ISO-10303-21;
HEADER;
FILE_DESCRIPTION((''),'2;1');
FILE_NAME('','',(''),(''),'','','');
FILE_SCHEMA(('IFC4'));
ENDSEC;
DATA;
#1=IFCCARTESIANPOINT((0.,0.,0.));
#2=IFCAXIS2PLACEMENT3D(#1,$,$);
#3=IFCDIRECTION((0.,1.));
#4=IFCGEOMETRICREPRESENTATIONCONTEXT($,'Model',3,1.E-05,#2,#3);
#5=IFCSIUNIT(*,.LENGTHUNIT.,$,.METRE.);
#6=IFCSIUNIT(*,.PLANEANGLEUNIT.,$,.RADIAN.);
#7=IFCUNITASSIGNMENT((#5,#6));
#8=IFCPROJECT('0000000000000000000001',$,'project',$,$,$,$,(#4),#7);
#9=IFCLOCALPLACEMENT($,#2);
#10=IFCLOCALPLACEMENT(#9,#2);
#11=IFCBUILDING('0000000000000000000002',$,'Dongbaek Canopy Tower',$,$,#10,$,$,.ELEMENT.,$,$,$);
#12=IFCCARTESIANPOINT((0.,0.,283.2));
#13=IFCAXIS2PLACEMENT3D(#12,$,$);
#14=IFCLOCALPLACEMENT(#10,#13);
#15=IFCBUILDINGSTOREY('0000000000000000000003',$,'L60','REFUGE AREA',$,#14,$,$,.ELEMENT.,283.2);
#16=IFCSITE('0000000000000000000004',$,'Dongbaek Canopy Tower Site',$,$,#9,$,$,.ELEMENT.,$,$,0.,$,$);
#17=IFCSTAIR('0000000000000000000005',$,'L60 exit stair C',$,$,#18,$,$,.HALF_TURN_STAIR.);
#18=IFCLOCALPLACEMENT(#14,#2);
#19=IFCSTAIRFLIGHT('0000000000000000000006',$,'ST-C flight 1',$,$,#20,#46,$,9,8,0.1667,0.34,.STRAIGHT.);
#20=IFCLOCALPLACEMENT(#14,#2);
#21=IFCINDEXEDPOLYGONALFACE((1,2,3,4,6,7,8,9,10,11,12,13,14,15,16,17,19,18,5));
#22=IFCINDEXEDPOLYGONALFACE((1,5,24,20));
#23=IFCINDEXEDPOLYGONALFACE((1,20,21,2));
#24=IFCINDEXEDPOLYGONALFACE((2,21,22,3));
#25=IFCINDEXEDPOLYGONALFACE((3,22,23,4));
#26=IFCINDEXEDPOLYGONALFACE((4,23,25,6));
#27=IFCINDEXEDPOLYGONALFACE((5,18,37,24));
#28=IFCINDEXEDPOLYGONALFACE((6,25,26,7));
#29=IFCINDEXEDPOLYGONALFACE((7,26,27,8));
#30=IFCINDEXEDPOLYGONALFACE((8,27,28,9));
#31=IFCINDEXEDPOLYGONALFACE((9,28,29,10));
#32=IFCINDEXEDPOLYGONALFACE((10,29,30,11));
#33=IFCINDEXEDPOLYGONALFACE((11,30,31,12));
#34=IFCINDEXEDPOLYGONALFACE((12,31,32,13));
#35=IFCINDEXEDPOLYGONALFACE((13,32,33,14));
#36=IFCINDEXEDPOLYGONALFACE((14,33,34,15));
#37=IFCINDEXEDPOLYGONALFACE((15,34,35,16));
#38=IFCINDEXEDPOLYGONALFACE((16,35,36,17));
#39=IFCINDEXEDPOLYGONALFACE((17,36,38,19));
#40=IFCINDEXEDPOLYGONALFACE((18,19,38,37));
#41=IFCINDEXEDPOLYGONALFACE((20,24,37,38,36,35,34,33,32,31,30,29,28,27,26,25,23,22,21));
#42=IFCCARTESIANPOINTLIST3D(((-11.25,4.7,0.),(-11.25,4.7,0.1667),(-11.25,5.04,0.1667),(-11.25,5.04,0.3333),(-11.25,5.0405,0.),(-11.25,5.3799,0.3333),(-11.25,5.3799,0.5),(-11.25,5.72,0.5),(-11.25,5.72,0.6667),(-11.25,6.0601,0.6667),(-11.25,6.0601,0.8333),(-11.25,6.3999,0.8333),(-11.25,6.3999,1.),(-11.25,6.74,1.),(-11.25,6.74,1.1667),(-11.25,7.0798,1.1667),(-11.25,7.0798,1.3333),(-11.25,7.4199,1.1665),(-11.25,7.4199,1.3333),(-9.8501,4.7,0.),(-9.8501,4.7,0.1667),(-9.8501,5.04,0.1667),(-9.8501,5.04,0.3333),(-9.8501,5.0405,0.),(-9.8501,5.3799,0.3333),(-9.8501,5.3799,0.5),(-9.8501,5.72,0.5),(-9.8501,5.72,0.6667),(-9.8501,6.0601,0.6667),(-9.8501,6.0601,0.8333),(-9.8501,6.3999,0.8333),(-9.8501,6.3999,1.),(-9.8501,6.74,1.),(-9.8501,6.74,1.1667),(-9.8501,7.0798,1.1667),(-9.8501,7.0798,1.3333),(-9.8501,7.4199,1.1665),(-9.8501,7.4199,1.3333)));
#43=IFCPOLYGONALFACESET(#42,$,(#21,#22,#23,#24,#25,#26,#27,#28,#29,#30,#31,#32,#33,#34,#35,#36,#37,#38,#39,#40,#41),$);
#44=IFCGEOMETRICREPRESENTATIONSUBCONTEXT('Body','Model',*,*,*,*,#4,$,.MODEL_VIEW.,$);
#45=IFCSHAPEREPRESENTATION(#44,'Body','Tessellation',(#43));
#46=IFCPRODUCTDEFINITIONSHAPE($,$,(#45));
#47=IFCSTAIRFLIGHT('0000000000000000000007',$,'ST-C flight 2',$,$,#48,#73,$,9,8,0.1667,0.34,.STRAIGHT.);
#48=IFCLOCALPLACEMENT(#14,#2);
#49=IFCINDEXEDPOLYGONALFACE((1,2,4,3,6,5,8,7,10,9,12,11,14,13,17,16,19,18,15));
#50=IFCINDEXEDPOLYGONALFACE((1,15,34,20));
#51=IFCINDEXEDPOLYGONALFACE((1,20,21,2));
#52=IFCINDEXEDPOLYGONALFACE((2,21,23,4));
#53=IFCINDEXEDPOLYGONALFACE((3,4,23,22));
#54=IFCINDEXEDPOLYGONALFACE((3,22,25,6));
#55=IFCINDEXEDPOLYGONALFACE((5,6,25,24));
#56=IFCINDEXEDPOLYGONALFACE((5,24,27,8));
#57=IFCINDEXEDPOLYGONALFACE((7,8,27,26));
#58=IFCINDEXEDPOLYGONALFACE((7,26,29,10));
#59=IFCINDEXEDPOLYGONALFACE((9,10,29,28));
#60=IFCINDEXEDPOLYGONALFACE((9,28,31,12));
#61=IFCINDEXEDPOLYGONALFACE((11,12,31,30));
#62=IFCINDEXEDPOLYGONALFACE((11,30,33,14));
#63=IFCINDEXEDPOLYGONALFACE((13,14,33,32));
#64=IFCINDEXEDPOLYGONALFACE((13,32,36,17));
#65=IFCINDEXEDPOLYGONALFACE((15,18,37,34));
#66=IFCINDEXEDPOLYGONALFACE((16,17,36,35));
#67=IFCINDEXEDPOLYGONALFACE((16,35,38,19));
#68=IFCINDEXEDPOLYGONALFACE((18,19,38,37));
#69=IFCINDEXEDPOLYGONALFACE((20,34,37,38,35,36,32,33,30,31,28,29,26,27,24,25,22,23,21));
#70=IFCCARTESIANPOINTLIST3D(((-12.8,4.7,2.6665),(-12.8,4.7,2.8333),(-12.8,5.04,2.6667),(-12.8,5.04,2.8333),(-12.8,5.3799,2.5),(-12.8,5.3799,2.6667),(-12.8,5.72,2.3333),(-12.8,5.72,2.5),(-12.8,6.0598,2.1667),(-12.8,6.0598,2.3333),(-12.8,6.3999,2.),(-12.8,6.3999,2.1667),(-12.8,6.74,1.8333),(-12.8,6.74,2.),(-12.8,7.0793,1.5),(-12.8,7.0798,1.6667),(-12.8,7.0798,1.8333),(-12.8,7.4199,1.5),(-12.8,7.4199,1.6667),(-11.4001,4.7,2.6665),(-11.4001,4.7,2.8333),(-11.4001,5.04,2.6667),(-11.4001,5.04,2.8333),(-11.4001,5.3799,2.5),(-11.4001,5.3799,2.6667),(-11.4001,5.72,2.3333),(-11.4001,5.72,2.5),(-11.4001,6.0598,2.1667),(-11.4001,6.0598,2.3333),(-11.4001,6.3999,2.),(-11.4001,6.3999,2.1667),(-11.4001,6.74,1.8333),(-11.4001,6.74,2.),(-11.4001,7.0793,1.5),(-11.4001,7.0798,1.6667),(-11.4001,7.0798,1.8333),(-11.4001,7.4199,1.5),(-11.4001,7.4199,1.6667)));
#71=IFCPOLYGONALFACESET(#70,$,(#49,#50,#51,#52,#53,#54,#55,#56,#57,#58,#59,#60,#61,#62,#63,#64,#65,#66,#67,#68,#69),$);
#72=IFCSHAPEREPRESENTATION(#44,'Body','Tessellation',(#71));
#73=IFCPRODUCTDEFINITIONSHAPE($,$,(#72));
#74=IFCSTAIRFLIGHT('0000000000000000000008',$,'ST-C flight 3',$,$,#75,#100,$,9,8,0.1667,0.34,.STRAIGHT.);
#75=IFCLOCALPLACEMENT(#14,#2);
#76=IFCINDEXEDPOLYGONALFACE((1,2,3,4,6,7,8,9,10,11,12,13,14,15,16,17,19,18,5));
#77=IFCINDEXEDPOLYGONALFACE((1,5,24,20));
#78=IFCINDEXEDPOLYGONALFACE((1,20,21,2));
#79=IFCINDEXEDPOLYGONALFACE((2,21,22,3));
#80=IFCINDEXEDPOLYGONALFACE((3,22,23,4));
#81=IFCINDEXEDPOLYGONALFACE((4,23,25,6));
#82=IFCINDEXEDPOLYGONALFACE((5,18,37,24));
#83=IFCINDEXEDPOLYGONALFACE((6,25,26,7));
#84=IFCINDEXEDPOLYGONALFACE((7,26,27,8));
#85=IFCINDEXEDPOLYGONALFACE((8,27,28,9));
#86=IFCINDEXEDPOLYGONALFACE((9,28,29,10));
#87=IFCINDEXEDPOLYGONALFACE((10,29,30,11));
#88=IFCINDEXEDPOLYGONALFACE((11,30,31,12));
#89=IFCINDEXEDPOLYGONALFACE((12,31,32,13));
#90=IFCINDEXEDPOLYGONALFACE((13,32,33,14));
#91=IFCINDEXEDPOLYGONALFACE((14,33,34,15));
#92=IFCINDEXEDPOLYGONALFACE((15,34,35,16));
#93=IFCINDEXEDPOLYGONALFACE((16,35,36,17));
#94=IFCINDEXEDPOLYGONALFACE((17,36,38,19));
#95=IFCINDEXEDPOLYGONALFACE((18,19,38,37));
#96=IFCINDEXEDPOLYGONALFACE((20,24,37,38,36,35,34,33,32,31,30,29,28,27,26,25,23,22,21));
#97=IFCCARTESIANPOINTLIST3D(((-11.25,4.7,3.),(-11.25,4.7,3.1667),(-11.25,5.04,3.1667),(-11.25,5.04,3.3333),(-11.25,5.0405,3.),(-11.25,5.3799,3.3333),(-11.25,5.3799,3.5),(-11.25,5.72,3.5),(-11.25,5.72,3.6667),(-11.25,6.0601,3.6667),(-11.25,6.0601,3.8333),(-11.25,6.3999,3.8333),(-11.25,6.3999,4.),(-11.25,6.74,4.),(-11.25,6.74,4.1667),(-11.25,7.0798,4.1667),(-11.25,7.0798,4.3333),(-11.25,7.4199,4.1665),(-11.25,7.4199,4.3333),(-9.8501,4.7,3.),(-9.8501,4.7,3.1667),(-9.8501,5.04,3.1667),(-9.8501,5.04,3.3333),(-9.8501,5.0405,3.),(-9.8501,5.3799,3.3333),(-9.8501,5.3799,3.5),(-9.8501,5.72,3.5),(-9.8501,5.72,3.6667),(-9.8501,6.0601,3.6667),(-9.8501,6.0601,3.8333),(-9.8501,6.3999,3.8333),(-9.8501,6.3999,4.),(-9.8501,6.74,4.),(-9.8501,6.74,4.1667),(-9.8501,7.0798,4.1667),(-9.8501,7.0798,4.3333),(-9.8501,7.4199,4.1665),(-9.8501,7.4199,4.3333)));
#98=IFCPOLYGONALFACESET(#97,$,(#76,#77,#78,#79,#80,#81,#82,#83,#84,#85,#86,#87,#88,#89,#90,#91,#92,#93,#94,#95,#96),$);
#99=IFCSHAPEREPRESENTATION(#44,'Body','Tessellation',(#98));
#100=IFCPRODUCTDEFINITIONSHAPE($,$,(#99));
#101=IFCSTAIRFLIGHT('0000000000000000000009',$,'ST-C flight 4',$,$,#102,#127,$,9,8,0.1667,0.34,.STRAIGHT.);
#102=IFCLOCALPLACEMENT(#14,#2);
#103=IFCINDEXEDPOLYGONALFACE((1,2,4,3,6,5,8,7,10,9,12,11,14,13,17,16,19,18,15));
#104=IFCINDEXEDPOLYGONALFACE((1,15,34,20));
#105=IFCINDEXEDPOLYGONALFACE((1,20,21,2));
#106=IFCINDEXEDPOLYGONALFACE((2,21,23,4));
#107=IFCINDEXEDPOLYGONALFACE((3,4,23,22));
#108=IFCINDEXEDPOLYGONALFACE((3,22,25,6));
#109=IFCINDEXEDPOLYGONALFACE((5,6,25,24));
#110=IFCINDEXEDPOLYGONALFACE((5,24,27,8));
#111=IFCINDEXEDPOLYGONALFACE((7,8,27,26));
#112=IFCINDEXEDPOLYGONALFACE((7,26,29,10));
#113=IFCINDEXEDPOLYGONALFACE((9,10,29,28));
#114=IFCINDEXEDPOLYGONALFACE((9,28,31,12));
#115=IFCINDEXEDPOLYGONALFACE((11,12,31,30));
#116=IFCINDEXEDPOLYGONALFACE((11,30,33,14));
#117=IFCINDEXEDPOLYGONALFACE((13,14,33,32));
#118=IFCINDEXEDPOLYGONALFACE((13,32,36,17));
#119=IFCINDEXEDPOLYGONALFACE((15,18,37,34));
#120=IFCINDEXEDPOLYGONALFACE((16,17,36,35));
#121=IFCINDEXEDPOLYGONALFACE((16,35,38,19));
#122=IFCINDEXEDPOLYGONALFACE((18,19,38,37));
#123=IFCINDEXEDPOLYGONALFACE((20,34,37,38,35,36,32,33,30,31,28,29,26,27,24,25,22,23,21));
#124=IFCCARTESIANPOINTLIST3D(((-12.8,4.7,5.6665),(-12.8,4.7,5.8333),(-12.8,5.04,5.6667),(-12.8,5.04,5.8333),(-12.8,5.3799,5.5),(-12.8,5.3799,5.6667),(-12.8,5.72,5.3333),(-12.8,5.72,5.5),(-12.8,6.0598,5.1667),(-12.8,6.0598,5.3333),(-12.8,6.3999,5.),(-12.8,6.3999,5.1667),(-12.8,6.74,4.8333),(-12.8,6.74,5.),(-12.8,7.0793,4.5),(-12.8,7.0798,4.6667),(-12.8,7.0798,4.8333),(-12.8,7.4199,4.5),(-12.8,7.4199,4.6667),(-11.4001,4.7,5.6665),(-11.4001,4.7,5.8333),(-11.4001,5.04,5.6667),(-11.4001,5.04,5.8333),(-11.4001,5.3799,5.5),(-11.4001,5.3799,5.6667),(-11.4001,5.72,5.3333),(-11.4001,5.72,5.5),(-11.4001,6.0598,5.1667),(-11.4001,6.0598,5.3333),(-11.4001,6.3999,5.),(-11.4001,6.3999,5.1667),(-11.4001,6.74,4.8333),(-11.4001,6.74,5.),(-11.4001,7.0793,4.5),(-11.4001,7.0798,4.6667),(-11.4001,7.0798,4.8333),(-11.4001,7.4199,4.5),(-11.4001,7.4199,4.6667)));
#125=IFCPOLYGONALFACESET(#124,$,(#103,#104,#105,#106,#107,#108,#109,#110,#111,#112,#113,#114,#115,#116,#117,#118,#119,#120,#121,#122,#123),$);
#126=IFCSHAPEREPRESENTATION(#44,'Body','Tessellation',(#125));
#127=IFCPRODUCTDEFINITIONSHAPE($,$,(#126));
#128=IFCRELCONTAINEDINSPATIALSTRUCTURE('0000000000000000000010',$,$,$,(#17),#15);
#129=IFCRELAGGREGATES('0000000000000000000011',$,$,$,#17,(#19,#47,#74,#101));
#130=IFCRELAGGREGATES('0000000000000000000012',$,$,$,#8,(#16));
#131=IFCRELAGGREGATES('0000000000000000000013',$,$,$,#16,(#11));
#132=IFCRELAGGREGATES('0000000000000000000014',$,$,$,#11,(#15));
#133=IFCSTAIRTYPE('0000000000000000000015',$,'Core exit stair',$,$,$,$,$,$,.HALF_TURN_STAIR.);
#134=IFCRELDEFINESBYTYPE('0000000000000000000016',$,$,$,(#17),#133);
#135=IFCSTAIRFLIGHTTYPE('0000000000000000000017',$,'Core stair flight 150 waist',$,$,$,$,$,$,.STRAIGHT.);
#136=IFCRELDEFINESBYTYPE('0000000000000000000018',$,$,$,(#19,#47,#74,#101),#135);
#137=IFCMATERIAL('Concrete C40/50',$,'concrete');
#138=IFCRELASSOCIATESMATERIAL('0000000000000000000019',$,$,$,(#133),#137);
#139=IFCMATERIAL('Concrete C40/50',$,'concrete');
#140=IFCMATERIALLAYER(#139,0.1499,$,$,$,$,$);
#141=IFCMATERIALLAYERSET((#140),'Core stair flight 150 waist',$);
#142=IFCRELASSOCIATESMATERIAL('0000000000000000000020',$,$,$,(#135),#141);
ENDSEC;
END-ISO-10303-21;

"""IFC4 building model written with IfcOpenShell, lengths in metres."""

from ifc_helpers import new_model, si_unit, direction, frame, origin, place, context, subcontext, project, spatial, polyline, outline, extrude, material, layer, layer_set, type_object, element, aggregate, save


model = new_model("IFC4")

# Units and contexts
model_context = context("Model", 3, precision=1e-05, world=origin(), true_north=direction((0.0, 1.0)))
body_context = subcontext(model_context, "Body", "Model", "MODEL_VIEW")
ifc_project = project(units=[si_unit("LENGTHUNIT", "METRE"), si_unit("PLANEANGLEUNIT", "RADIAN")], contexts=[model_context])

# Site, building, storey
site_placement = place(None, origin())
site = spatial("IfcSite", under=ifc_project, at=site_placement, Name="Dongbaek Canopy Tower Site", CompositionType="ELEMENT", RefElevation=0.0)
building_placement = place(site_placement, origin())
building = spatial("IfcBuilding", under=site, at=building_placement, Name="Dongbaek Canopy Tower", CompositionType="ELEMENT")
storey_placement = place(building_placement, frame((0.0, 0.0, 283.2)))
storey = spatial("IfcBuildingStorey", under=building, at=storey_placement, Name="L60", Description="REFUGE AREA", CompositionType="ELEMENT", Elevation=283.2)

# Stair, stair flights
ifc_material_1 = material(Name="Concrete C40/50", Category="concrete")
stair_type = type_object("IfcStairType", Name="Core exit stair", PredefinedType="HALF_TURN_STAIR", material=ifc_material_1)
stair_placement = place(storey_placement, origin())
stair = element("IfcStair", 1, at=stair_placement, inside=storey, type_object=stair_type, Name="L60 exit stair C", PredefinedType="HALF_TURN_STAIR")
ifc_material_2 = material(Name="Concrete C40/50", Category="concrete")
ifc_layer_1 = layer(ifc_material_2, 0.1499)
ifc_layer_set_1 = layer_set([ifc_layer_1], Name="Core stair flight 150 waist")
stair_flight_type = type_object("IfcStairFlightType", Name="Core stair flight 150 waist", PredefinedType="STRAIGHT", material=ifc_layer_set_1)
stair_flight_1_placement = place(storey_placement, frame((-10.55, 4.7, 0.0), z_axis=(0.0, 0.0, 1.0), x_axis=(0.0, 1.0, 0.0)))
stair_flight_1 = element("IfcStairFlight", 2, at=stair_flight_1_placement, type_object=stair_flight_type, Name="ST-C flight 1", NumberOfRisers=9, NumberOfTreads=8, PredefinedType="STRAIGHT", RiserHeight=0.1667, TreadLength=0.34, context=body_context, shape_type="SweptSolid", body=[
    extrude(outline(polyline([(0.0, 0.0), (0.0, 0.1667), (0.3401, 0.1667), (0.3401, 0.3333), (0.6799, 0.3333), (0.6799, 0.5), (1.02, 0.5), (1.02, 0.6667), (1.3601, 0.6667), (1.3601, 0.8333), (1.7, 0.8333), (1.7, 1.0), (2.04, 1.0), (2.04, 1.1667), (2.3799, 1.1667), (2.3799, 1.3333), (2.72, 1.3333), (2.72, 1.5), (2.72, 1.1665), (0.3406, 0.0), (0.0, 0.0)])), frame((0.0, 0.7, 0.0), z_axis=(0.0, -1.0, 0.0), x_axis=(1.0, 0.0, 0.0)), (0.0, 0.0, 1.0), 1.3999),
])
stair_flight_2_placement = place(storey_placement, frame((-12.1001, 7.4199, 1.5), z_axis=(0.0, 0.0, 1.0), x_axis=(0.0, -1.0, 0.0)))
stair_flight_2 = element("IfcStairFlight", 3, at=stair_flight_2_placement, type_object=stair_flight_type, Name="ST-C flight 2", NumberOfRisers=9, NumberOfTreads=8, PredefinedType="STRAIGHT", RiserHeight=0.1667, TreadLength=0.34, context=body_context, shape_type="SweptSolid", body=[
    extrude(outline(polyline([(0.0, 0.0), (0.0, 0.1667), (0.3401, 0.1667), (0.3401, 0.3333), (0.6799, 0.3333), (0.6799, 0.5), (1.02, 0.5), (1.02, 0.6667), (1.3601, 0.6667), (1.3601, 0.8333), (1.7, 0.8333), (1.7, 1.0), (2.04, 1.0), (2.04, 1.1667), (2.3799, 1.1667), (2.3799, 1.3333), (2.72, 1.3333), (2.72, 1.5), (2.72, 1.1665), (0.3406, 0.0), (0.0, 0.0)])), frame((0.0, 0.7, 0.0), z_axis=(0.0, -1.0, 0.0), x_axis=(1.0, 0.0, 0.0)), (0.0, 0.0, 1.0), 1.3999),
])
stair_flight_3_placement = place(storey_placement, frame((-10.55, 4.7, 3.0), z_axis=(0.0, 0.0, 1.0), x_axis=(0.0, 1.0, 0.0)))
stair_flight_3 = element("IfcStairFlight", 4, at=stair_flight_3_placement, type_object=stair_flight_type, Name="ST-C flight 3", NumberOfRisers=9, NumberOfTreads=8, PredefinedType="STRAIGHT", RiserHeight=0.1667, TreadLength=0.34, context=body_context, shape_type="SweptSolid", body=[
    extrude(outline(polyline([(0.0, 0.0), (0.0, 0.1667), (0.3401, 0.1667), (0.3401, 0.3333), (0.6799, 0.3333), (0.6799, 0.5), (1.02, 0.5), (1.02, 0.6667), (1.3601, 0.6667), (1.3601, 0.8333), (1.7, 0.8333), (1.7, 1.0), (2.04, 1.0), (2.04, 1.1667), (2.3799, 1.1667), (2.3799, 1.3333), (2.72, 1.3333), (2.72, 1.5), (2.72, 1.1665), (0.3406, 0.0), (0.0, 0.0)])), frame((0.0, 0.7, 0.0), z_axis=(0.0, -1.0, 0.0), x_axis=(1.0, 0.0, 0.0)), (0.0, 0.0, 1.0), 1.3999),
])
stair_flight_4_placement = place(storey_placement, frame((-12.1001, 7.4199, 4.5), z_axis=(0.0, 0.0, 1.0), x_axis=(0.0, -1.0, 0.0)))
stair_flight_4 = element("IfcStairFlight", 5, at=stair_flight_4_placement, type_object=stair_flight_type, Name="ST-C flight 4", NumberOfRisers=9, NumberOfTreads=8, PredefinedType="STRAIGHT", RiserHeight=0.1667, TreadLength=0.34, context=body_context, shape_type="SweptSolid", body=[
    extrude(outline(polyline([(0.0, 0.0), (0.0, 0.1667), (0.3401, 0.1667), (0.3401, 0.3333), (0.6799, 0.3333), (0.6799, 0.5), (1.02, 0.5), (1.02, 0.6667), (1.3601, 0.6667), (1.3601, 0.8333), (1.7, 0.8333), (1.7, 1.0), (2.04, 1.0), (2.04, 1.1667), (2.3799, 1.1667), (2.3799, 1.3333), (2.72, 1.3333), (2.72, 1.5), (2.72, 1.1665), (0.3406, 0.0), (0.0, 0.0)])), frame((0.0, 0.7, 0.0), z_axis=(0.0, -1.0, 0.0), x_axis=(1.0, 0.0, 0.0)), (0.0, 0.0, 1.0), 1.3999),
])
aggregate(stair, [stair_flight_1, stair_flight_2, stair_flight_3, stair_flight_4])

save(model, "model.ifc")
